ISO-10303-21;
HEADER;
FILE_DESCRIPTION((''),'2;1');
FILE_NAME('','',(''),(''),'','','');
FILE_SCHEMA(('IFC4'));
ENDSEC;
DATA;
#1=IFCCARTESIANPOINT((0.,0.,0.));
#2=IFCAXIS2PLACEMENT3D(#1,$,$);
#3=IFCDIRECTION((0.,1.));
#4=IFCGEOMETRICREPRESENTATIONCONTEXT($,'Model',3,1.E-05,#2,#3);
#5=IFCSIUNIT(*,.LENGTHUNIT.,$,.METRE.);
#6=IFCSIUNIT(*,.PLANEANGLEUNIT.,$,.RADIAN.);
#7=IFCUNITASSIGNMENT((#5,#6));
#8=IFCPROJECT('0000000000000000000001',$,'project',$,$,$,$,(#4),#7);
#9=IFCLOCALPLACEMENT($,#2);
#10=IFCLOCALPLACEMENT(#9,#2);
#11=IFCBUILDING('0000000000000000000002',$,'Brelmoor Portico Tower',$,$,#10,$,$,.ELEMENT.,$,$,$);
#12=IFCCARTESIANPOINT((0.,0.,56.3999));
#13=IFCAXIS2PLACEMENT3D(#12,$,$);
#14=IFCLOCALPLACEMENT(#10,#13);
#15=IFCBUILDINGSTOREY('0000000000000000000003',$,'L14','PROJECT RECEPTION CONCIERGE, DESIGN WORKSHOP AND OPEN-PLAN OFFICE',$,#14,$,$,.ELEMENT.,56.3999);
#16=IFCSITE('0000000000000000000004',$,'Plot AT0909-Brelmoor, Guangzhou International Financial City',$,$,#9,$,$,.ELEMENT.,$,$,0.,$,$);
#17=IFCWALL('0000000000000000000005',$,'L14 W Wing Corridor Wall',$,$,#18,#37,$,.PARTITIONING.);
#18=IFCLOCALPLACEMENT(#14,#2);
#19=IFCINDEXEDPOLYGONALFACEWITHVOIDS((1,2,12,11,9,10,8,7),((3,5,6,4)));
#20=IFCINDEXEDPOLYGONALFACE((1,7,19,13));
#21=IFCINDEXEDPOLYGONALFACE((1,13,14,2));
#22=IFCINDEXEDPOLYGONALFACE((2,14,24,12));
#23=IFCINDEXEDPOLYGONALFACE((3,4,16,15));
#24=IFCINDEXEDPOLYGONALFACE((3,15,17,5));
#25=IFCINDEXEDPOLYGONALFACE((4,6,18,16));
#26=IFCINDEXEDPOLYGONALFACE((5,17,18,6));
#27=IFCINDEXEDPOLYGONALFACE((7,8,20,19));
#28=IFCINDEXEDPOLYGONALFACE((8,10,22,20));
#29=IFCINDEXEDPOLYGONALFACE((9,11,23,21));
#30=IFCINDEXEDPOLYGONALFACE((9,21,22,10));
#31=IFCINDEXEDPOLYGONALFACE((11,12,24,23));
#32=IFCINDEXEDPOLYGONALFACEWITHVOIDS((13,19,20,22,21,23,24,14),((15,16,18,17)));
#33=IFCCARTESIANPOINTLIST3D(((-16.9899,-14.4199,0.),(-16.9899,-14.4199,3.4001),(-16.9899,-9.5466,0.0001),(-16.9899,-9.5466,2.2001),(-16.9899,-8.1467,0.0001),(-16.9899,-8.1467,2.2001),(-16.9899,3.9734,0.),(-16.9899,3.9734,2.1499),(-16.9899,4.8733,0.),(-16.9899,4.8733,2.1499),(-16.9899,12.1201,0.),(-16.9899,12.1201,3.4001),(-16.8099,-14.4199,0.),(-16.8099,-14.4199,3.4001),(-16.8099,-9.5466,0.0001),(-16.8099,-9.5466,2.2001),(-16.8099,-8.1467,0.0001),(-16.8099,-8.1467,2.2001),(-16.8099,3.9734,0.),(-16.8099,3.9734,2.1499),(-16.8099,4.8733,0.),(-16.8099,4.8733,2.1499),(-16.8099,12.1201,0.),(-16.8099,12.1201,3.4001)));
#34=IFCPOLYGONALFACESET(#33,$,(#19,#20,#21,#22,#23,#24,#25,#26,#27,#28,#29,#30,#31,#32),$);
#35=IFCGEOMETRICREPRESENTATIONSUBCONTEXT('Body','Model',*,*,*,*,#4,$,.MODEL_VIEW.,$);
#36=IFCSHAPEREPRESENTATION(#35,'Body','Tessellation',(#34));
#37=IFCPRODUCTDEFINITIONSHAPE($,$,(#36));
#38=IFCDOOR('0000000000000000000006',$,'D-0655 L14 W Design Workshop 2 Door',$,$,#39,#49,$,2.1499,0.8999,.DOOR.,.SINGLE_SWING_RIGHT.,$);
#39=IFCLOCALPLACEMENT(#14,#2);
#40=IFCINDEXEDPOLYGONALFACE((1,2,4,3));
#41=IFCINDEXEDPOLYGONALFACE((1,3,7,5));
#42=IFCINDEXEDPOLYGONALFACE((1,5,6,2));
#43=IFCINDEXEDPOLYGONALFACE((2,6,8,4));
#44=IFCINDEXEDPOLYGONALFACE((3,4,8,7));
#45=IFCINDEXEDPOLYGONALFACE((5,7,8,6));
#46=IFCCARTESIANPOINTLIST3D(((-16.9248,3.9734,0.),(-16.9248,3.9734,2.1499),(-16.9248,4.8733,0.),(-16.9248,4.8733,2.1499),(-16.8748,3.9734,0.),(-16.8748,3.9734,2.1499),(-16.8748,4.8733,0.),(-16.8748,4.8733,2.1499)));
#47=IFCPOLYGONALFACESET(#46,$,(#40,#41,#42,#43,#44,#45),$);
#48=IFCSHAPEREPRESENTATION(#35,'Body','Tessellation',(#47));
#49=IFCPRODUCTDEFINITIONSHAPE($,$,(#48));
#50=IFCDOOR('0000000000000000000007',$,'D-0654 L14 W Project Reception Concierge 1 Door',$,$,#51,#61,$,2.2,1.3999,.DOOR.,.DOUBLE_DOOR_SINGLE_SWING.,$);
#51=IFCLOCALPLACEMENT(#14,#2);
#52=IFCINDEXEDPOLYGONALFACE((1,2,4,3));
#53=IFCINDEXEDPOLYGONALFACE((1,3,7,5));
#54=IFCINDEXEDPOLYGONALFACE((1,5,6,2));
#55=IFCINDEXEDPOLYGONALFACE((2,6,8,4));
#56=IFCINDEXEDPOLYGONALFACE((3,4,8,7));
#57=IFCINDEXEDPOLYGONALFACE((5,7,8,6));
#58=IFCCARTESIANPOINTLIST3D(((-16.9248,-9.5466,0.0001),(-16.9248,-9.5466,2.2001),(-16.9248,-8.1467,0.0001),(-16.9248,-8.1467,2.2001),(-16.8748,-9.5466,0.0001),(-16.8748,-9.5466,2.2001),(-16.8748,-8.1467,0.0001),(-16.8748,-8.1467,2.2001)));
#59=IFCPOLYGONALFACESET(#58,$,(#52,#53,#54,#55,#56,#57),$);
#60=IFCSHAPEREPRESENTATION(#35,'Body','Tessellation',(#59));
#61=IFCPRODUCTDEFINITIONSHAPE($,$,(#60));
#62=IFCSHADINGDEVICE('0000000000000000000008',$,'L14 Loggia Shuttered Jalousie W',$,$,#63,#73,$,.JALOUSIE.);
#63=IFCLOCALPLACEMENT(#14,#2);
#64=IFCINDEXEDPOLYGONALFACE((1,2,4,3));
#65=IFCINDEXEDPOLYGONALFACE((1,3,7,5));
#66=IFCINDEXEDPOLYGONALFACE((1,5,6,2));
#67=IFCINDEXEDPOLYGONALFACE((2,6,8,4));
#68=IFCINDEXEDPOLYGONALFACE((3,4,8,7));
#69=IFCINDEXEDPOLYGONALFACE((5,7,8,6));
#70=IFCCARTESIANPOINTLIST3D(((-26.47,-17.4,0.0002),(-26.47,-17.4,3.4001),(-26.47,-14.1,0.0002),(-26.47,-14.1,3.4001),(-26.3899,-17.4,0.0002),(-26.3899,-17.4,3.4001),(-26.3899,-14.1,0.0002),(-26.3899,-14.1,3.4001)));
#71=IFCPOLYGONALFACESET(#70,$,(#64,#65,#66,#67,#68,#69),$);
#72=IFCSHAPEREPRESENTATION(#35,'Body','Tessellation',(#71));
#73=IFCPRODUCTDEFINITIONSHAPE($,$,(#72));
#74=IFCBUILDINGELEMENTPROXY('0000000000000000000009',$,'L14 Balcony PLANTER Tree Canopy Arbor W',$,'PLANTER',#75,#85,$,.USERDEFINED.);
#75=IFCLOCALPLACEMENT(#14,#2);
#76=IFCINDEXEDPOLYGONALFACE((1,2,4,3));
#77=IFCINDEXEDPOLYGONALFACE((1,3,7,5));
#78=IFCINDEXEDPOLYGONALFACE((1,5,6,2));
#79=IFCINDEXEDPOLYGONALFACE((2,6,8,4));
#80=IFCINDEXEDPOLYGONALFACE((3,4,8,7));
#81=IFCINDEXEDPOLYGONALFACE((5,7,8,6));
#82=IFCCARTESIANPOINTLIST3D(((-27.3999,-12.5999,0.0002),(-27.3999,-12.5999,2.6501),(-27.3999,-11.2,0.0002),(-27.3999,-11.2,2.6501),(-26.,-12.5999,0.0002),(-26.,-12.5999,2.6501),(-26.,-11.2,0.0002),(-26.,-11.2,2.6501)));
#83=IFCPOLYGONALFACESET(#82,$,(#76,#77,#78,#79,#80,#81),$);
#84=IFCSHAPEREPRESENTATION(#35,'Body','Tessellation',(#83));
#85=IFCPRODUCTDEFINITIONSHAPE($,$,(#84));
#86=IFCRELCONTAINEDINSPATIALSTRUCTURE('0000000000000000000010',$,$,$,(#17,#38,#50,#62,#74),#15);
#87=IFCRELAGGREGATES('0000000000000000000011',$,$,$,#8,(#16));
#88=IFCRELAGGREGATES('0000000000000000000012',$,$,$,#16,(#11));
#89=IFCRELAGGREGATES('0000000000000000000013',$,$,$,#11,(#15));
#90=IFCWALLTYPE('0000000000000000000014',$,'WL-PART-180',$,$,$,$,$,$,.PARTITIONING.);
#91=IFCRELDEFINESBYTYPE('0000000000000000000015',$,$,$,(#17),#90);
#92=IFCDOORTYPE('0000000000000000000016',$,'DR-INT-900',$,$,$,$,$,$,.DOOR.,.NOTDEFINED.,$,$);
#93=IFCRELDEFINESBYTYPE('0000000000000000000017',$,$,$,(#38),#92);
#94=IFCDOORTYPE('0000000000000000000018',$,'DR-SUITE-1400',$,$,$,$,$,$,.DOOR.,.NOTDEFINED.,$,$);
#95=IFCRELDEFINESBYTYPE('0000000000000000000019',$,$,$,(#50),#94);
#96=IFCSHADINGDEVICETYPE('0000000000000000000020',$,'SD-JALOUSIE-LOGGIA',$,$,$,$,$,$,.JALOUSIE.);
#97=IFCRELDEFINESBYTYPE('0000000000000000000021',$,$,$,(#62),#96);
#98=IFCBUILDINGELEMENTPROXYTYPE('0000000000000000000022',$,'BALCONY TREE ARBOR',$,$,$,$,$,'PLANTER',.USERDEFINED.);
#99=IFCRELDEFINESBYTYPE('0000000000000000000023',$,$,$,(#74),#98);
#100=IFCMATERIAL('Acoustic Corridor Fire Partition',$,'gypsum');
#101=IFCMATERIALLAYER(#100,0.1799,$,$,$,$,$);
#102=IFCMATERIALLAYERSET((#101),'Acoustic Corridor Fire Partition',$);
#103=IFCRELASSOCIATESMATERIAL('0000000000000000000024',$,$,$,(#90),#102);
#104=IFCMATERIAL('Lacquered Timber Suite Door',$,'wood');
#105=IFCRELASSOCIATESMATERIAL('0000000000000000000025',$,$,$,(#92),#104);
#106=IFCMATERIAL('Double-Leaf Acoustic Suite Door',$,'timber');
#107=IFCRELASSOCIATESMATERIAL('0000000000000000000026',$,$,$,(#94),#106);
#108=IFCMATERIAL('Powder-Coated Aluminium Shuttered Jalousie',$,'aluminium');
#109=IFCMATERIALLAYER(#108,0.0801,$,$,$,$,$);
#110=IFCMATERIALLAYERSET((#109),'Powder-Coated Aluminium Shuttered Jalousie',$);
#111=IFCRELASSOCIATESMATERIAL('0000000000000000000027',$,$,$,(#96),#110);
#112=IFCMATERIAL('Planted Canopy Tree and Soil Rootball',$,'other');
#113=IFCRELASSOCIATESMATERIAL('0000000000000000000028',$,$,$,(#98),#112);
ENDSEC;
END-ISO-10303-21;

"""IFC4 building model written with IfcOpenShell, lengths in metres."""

from ifc_helpers import new_model, si_unit, direction, frame, frame_2d, origin, origin_2d, place, context, subcontext, project, spatial, rectangle, extrude, material, layer, layer_set, type_object, element, fill, save


model = new_model("IFC4")

# Units and contexts
model_context = context("Model", 3, precision=1e-05, world=origin(), true_north=direction((0.0, 1.0)))
body_context = subcontext(model_context, "Body", "Model", "MODEL_VIEW")
ifc_project = project(units=[si_unit("LENGTHUNIT", "METRE"), si_unit("PLANEANGLEUNIT", "RADIAN")], contexts=[model_context])

# Site, building, storey
site_placement = place(None, origin())
site = spatial("IfcSite", under=ifc_project, at=site_placement, Name="Plot AT0909-Brelmoor, Guangzhou International Financial City", CompositionType="ELEMENT", RefElevation=0.0)
building_placement = place(site_placement, origin())
building = spatial("IfcBuilding", under=site, at=building_placement, Name="Brelmoor Portico Tower", CompositionType="ELEMENT")
storey_placement = place(building_placement, frame((0.0, 0.0, 56.3999)))
storey = spatial("IfcBuildingStorey", under=building, at=storey_placement, Name="L14", Description="PROJECT RECEPTION CONCIERGE, DESIGN WORKSHOP AND OPEN-PLAN OFFICE", CompositionType="ELEMENT", Elevation=56.3999)

# Shared definitions
ifc_material_1 = material(Name="Lacquered Timber Suite Door", Category="wood")

# Wall, openings, doors
ifc_material_2 = material(Name="Acoustic Corridor Fire Partition", Category="gypsum")
ifc_layer_1 = layer(ifc_material_2, 0.1799)
ifc_layer_set_1 = layer_set([ifc_layer_1], Name="Acoustic Corridor Fire Partition")
wall_type_1 = type_object("IfcWallType", Name="WL-PART-180", PredefinedType="PARTITIONING", material=ifc_layer_set_1)
wall_1_placement = place(storey_placement, frame((-16.8999, -14.4199, 0.0), z_axis=(0.0, 0.0, 1.0), x_axis=(0.0, 1.0, 0.0)))
wall_1 = element("IfcWall", 1, at=wall_1_placement, inside=storey, type_object=wall_type_1, Name="L14 W Wing Corridor Wall", PredefinedType="PARTITIONING", context=body_context, shape_type="SweptSolid", body=[
    extrude(rectangle(XDim=26.54, YDim=0.1799, at=frame_2d((13.27, 0.0))), origin(), (0.0, 0.0, 1.0), 3.4001),
])
opening_1_placement = place(wall_1_placement, frame((4.8733, 0.0, 0.0)))
opening_1 = element("IfcOpeningElement", 2, at=opening_1_placement, cuts=wall_1, PredefinedType="OPENING", context=body_context, shape_type="SweptSolid", body=[
    extrude(rectangle(XDim=1.3999, YDim=2.2, at=frame_2d((0.7, 1.1001))), frame((0.0, 0.0999, 0.0), z_axis=(0.0, -1.0, 0.0), x_axis=(1.0, 0.0, 0.0)), (0.0, 0.0, 1.0), 0.2),
])
opening_2_placement = place(wall_1_placement, frame((18.3933, 0.0, 0.0)))
opening_2 = element("IfcOpeningElement", 3, at=opening_2_placement, cuts=wall_1, PredefinedType="OPENING", context=body_context, shape_type="SweptSolid", body=[
    extrude(rectangle(XDim=0.8999, YDim=2.1499, at=frame_2d((0.45, 1.075))), frame((0.0, 0.0999, 0.0), z_axis=(0.0, -1.0, 0.0), x_axis=(1.0, 0.0, 0.0)), (0.0, 0.0, 1.0), 0.2),
])
door_type_1 = type_object("IfcDoorType", Name="DR-INT-900", OperationType="NOTDEFINED", PredefinedType="DOOR", material=ifc_material_1)
door_1_placement = place(opening_2_placement, origin())
door_1 = element("IfcDoor", 4, at=door_1_placement, inside=storey, type_object=door_type_1, Name="D-0655 L14 W Design Workshop 2 Door", OperationType="SINGLE_SWING_RIGHT", OverallHeight=2.1499, OverallWidth=0.8999, PredefinedType="DOOR", context=body_context, shape_type="SweptSolid", body=[
    extrude(rectangle(XDim=0.8999, YDim=2.1499, at=frame_2d((0.45, 1.075))), frame((0.0, 0.0249, 0.0), z_axis=(0.0, -1.0, 0.0), x_axis=(1.0, 0.0, 0.0)), (0.0, 0.0, 1.0), 0.05),
])
fill(opening_2, door_1)
ifc_material_3 = material(Name="Double-Leaf Acoustic Suite Door", Category="timber")
door_type_2 = type_object("IfcDoorType", Name="DR-SUITE-1400", OperationType="NOTDEFINED", PredefinedType="DOOR", material=ifc_material_3)
door_2_placement = place(opening_1_placement, origin())
door_2 = element("IfcDoor", 5, at=door_2_placement, inside=storey, type_object=door_type_2, Name="D-0654 L14 W Project Reception Concierge 1 Door", OperationType="DOUBLE_DOOR_SINGLE_SWING", OverallHeight=2.2, OverallWidth=1.3999, PredefinedType="DOOR", context=body_context, shape_type="SweptSolid", body=[
    extrude(rectangle(XDim=1.3999, YDim=2.2, at=frame_2d((0.7, 1.1001))), frame((0.0, 0.0249, 0.0), z_axis=(0.0, -1.0, 0.0), x_axis=(1.0, 0.0, 0.0)), (0.0, 0.0, 1.0), 0.05),
])
fill(opening_1, door_2)

# Shading device
ifc_material_4 = material(Name="Powder-Coated Aluminium Shuttered Jalousie", Category="aluminium")
ifc_layer_2 = layer(ifc_material_4, 0.0801)
ifc_layer_set_2 = layer_set([ifc_layer_2], Name="Powder-Coated Aluminium Shuttered Jalousie")
shading_device_type = type_object("IfcShadingDeviceType", Name="SD-JALOUSIE-LOGGIA", PredefinedType="JALOUSIE", material=ifc_layer_set_2)
shading_device_placement = place(storey_placement, frame((-26.4299, -15.75, 0.0002), z_axis=(0.0, 0.0, 1.0), x_axis=(0.0, 1.0, 0.0)))
element("IfcShadingDevice", 6, at=shading_device_placement, inside=storey, type_object=shading_device_type, Name="L14 Loggia Shuttered Jalousie W", PredefinedType="JALOUSIE", context=body_context, shape_type="SweptSolid", body=[
    extrude(rectangle(XDim=3.3, YDim=0.0801, at=origin_2d()), origin(), (0.0, 0.0, 1.0), 3.3999),
])

# Building element proxy
ifc_material_5 = material(Name="Planted Canopy Tree and Soil Rootball", Category="other")
building_element_proxy_type = type_object("IfcBuildingElementProxyType", Name="BALCONY TREE ARBOR", ElementType="PLANTER", PredefinedType="USERDEFINED", material=ifc_material_5)
proxy_placement = place(storey_placement, frame((-26.7, -11.8999, 0.0002), z_axis=(0.0, 0.0, 1.0), x_axis=(1.0, 0.0, 0.0)))
element("IfcBuildingElementProxy", 7, at=proxy_placement, inside=storey, type_object=building_element_proxy_type, Name="L14 Balcony PLANTER Tree Canopy Arbor W", ObjectType="PLANTER", PredefinedType="USERDEFINED", context=body_context, shape_type="SweptSolid", body=[
    extrude(rectangle(XDim=1.3999, YDim=1.3999, at=origin_2d()), origin(), (0.0, 0.0, 1.0), 2.6499),
])

save(model, "model.ifc")
